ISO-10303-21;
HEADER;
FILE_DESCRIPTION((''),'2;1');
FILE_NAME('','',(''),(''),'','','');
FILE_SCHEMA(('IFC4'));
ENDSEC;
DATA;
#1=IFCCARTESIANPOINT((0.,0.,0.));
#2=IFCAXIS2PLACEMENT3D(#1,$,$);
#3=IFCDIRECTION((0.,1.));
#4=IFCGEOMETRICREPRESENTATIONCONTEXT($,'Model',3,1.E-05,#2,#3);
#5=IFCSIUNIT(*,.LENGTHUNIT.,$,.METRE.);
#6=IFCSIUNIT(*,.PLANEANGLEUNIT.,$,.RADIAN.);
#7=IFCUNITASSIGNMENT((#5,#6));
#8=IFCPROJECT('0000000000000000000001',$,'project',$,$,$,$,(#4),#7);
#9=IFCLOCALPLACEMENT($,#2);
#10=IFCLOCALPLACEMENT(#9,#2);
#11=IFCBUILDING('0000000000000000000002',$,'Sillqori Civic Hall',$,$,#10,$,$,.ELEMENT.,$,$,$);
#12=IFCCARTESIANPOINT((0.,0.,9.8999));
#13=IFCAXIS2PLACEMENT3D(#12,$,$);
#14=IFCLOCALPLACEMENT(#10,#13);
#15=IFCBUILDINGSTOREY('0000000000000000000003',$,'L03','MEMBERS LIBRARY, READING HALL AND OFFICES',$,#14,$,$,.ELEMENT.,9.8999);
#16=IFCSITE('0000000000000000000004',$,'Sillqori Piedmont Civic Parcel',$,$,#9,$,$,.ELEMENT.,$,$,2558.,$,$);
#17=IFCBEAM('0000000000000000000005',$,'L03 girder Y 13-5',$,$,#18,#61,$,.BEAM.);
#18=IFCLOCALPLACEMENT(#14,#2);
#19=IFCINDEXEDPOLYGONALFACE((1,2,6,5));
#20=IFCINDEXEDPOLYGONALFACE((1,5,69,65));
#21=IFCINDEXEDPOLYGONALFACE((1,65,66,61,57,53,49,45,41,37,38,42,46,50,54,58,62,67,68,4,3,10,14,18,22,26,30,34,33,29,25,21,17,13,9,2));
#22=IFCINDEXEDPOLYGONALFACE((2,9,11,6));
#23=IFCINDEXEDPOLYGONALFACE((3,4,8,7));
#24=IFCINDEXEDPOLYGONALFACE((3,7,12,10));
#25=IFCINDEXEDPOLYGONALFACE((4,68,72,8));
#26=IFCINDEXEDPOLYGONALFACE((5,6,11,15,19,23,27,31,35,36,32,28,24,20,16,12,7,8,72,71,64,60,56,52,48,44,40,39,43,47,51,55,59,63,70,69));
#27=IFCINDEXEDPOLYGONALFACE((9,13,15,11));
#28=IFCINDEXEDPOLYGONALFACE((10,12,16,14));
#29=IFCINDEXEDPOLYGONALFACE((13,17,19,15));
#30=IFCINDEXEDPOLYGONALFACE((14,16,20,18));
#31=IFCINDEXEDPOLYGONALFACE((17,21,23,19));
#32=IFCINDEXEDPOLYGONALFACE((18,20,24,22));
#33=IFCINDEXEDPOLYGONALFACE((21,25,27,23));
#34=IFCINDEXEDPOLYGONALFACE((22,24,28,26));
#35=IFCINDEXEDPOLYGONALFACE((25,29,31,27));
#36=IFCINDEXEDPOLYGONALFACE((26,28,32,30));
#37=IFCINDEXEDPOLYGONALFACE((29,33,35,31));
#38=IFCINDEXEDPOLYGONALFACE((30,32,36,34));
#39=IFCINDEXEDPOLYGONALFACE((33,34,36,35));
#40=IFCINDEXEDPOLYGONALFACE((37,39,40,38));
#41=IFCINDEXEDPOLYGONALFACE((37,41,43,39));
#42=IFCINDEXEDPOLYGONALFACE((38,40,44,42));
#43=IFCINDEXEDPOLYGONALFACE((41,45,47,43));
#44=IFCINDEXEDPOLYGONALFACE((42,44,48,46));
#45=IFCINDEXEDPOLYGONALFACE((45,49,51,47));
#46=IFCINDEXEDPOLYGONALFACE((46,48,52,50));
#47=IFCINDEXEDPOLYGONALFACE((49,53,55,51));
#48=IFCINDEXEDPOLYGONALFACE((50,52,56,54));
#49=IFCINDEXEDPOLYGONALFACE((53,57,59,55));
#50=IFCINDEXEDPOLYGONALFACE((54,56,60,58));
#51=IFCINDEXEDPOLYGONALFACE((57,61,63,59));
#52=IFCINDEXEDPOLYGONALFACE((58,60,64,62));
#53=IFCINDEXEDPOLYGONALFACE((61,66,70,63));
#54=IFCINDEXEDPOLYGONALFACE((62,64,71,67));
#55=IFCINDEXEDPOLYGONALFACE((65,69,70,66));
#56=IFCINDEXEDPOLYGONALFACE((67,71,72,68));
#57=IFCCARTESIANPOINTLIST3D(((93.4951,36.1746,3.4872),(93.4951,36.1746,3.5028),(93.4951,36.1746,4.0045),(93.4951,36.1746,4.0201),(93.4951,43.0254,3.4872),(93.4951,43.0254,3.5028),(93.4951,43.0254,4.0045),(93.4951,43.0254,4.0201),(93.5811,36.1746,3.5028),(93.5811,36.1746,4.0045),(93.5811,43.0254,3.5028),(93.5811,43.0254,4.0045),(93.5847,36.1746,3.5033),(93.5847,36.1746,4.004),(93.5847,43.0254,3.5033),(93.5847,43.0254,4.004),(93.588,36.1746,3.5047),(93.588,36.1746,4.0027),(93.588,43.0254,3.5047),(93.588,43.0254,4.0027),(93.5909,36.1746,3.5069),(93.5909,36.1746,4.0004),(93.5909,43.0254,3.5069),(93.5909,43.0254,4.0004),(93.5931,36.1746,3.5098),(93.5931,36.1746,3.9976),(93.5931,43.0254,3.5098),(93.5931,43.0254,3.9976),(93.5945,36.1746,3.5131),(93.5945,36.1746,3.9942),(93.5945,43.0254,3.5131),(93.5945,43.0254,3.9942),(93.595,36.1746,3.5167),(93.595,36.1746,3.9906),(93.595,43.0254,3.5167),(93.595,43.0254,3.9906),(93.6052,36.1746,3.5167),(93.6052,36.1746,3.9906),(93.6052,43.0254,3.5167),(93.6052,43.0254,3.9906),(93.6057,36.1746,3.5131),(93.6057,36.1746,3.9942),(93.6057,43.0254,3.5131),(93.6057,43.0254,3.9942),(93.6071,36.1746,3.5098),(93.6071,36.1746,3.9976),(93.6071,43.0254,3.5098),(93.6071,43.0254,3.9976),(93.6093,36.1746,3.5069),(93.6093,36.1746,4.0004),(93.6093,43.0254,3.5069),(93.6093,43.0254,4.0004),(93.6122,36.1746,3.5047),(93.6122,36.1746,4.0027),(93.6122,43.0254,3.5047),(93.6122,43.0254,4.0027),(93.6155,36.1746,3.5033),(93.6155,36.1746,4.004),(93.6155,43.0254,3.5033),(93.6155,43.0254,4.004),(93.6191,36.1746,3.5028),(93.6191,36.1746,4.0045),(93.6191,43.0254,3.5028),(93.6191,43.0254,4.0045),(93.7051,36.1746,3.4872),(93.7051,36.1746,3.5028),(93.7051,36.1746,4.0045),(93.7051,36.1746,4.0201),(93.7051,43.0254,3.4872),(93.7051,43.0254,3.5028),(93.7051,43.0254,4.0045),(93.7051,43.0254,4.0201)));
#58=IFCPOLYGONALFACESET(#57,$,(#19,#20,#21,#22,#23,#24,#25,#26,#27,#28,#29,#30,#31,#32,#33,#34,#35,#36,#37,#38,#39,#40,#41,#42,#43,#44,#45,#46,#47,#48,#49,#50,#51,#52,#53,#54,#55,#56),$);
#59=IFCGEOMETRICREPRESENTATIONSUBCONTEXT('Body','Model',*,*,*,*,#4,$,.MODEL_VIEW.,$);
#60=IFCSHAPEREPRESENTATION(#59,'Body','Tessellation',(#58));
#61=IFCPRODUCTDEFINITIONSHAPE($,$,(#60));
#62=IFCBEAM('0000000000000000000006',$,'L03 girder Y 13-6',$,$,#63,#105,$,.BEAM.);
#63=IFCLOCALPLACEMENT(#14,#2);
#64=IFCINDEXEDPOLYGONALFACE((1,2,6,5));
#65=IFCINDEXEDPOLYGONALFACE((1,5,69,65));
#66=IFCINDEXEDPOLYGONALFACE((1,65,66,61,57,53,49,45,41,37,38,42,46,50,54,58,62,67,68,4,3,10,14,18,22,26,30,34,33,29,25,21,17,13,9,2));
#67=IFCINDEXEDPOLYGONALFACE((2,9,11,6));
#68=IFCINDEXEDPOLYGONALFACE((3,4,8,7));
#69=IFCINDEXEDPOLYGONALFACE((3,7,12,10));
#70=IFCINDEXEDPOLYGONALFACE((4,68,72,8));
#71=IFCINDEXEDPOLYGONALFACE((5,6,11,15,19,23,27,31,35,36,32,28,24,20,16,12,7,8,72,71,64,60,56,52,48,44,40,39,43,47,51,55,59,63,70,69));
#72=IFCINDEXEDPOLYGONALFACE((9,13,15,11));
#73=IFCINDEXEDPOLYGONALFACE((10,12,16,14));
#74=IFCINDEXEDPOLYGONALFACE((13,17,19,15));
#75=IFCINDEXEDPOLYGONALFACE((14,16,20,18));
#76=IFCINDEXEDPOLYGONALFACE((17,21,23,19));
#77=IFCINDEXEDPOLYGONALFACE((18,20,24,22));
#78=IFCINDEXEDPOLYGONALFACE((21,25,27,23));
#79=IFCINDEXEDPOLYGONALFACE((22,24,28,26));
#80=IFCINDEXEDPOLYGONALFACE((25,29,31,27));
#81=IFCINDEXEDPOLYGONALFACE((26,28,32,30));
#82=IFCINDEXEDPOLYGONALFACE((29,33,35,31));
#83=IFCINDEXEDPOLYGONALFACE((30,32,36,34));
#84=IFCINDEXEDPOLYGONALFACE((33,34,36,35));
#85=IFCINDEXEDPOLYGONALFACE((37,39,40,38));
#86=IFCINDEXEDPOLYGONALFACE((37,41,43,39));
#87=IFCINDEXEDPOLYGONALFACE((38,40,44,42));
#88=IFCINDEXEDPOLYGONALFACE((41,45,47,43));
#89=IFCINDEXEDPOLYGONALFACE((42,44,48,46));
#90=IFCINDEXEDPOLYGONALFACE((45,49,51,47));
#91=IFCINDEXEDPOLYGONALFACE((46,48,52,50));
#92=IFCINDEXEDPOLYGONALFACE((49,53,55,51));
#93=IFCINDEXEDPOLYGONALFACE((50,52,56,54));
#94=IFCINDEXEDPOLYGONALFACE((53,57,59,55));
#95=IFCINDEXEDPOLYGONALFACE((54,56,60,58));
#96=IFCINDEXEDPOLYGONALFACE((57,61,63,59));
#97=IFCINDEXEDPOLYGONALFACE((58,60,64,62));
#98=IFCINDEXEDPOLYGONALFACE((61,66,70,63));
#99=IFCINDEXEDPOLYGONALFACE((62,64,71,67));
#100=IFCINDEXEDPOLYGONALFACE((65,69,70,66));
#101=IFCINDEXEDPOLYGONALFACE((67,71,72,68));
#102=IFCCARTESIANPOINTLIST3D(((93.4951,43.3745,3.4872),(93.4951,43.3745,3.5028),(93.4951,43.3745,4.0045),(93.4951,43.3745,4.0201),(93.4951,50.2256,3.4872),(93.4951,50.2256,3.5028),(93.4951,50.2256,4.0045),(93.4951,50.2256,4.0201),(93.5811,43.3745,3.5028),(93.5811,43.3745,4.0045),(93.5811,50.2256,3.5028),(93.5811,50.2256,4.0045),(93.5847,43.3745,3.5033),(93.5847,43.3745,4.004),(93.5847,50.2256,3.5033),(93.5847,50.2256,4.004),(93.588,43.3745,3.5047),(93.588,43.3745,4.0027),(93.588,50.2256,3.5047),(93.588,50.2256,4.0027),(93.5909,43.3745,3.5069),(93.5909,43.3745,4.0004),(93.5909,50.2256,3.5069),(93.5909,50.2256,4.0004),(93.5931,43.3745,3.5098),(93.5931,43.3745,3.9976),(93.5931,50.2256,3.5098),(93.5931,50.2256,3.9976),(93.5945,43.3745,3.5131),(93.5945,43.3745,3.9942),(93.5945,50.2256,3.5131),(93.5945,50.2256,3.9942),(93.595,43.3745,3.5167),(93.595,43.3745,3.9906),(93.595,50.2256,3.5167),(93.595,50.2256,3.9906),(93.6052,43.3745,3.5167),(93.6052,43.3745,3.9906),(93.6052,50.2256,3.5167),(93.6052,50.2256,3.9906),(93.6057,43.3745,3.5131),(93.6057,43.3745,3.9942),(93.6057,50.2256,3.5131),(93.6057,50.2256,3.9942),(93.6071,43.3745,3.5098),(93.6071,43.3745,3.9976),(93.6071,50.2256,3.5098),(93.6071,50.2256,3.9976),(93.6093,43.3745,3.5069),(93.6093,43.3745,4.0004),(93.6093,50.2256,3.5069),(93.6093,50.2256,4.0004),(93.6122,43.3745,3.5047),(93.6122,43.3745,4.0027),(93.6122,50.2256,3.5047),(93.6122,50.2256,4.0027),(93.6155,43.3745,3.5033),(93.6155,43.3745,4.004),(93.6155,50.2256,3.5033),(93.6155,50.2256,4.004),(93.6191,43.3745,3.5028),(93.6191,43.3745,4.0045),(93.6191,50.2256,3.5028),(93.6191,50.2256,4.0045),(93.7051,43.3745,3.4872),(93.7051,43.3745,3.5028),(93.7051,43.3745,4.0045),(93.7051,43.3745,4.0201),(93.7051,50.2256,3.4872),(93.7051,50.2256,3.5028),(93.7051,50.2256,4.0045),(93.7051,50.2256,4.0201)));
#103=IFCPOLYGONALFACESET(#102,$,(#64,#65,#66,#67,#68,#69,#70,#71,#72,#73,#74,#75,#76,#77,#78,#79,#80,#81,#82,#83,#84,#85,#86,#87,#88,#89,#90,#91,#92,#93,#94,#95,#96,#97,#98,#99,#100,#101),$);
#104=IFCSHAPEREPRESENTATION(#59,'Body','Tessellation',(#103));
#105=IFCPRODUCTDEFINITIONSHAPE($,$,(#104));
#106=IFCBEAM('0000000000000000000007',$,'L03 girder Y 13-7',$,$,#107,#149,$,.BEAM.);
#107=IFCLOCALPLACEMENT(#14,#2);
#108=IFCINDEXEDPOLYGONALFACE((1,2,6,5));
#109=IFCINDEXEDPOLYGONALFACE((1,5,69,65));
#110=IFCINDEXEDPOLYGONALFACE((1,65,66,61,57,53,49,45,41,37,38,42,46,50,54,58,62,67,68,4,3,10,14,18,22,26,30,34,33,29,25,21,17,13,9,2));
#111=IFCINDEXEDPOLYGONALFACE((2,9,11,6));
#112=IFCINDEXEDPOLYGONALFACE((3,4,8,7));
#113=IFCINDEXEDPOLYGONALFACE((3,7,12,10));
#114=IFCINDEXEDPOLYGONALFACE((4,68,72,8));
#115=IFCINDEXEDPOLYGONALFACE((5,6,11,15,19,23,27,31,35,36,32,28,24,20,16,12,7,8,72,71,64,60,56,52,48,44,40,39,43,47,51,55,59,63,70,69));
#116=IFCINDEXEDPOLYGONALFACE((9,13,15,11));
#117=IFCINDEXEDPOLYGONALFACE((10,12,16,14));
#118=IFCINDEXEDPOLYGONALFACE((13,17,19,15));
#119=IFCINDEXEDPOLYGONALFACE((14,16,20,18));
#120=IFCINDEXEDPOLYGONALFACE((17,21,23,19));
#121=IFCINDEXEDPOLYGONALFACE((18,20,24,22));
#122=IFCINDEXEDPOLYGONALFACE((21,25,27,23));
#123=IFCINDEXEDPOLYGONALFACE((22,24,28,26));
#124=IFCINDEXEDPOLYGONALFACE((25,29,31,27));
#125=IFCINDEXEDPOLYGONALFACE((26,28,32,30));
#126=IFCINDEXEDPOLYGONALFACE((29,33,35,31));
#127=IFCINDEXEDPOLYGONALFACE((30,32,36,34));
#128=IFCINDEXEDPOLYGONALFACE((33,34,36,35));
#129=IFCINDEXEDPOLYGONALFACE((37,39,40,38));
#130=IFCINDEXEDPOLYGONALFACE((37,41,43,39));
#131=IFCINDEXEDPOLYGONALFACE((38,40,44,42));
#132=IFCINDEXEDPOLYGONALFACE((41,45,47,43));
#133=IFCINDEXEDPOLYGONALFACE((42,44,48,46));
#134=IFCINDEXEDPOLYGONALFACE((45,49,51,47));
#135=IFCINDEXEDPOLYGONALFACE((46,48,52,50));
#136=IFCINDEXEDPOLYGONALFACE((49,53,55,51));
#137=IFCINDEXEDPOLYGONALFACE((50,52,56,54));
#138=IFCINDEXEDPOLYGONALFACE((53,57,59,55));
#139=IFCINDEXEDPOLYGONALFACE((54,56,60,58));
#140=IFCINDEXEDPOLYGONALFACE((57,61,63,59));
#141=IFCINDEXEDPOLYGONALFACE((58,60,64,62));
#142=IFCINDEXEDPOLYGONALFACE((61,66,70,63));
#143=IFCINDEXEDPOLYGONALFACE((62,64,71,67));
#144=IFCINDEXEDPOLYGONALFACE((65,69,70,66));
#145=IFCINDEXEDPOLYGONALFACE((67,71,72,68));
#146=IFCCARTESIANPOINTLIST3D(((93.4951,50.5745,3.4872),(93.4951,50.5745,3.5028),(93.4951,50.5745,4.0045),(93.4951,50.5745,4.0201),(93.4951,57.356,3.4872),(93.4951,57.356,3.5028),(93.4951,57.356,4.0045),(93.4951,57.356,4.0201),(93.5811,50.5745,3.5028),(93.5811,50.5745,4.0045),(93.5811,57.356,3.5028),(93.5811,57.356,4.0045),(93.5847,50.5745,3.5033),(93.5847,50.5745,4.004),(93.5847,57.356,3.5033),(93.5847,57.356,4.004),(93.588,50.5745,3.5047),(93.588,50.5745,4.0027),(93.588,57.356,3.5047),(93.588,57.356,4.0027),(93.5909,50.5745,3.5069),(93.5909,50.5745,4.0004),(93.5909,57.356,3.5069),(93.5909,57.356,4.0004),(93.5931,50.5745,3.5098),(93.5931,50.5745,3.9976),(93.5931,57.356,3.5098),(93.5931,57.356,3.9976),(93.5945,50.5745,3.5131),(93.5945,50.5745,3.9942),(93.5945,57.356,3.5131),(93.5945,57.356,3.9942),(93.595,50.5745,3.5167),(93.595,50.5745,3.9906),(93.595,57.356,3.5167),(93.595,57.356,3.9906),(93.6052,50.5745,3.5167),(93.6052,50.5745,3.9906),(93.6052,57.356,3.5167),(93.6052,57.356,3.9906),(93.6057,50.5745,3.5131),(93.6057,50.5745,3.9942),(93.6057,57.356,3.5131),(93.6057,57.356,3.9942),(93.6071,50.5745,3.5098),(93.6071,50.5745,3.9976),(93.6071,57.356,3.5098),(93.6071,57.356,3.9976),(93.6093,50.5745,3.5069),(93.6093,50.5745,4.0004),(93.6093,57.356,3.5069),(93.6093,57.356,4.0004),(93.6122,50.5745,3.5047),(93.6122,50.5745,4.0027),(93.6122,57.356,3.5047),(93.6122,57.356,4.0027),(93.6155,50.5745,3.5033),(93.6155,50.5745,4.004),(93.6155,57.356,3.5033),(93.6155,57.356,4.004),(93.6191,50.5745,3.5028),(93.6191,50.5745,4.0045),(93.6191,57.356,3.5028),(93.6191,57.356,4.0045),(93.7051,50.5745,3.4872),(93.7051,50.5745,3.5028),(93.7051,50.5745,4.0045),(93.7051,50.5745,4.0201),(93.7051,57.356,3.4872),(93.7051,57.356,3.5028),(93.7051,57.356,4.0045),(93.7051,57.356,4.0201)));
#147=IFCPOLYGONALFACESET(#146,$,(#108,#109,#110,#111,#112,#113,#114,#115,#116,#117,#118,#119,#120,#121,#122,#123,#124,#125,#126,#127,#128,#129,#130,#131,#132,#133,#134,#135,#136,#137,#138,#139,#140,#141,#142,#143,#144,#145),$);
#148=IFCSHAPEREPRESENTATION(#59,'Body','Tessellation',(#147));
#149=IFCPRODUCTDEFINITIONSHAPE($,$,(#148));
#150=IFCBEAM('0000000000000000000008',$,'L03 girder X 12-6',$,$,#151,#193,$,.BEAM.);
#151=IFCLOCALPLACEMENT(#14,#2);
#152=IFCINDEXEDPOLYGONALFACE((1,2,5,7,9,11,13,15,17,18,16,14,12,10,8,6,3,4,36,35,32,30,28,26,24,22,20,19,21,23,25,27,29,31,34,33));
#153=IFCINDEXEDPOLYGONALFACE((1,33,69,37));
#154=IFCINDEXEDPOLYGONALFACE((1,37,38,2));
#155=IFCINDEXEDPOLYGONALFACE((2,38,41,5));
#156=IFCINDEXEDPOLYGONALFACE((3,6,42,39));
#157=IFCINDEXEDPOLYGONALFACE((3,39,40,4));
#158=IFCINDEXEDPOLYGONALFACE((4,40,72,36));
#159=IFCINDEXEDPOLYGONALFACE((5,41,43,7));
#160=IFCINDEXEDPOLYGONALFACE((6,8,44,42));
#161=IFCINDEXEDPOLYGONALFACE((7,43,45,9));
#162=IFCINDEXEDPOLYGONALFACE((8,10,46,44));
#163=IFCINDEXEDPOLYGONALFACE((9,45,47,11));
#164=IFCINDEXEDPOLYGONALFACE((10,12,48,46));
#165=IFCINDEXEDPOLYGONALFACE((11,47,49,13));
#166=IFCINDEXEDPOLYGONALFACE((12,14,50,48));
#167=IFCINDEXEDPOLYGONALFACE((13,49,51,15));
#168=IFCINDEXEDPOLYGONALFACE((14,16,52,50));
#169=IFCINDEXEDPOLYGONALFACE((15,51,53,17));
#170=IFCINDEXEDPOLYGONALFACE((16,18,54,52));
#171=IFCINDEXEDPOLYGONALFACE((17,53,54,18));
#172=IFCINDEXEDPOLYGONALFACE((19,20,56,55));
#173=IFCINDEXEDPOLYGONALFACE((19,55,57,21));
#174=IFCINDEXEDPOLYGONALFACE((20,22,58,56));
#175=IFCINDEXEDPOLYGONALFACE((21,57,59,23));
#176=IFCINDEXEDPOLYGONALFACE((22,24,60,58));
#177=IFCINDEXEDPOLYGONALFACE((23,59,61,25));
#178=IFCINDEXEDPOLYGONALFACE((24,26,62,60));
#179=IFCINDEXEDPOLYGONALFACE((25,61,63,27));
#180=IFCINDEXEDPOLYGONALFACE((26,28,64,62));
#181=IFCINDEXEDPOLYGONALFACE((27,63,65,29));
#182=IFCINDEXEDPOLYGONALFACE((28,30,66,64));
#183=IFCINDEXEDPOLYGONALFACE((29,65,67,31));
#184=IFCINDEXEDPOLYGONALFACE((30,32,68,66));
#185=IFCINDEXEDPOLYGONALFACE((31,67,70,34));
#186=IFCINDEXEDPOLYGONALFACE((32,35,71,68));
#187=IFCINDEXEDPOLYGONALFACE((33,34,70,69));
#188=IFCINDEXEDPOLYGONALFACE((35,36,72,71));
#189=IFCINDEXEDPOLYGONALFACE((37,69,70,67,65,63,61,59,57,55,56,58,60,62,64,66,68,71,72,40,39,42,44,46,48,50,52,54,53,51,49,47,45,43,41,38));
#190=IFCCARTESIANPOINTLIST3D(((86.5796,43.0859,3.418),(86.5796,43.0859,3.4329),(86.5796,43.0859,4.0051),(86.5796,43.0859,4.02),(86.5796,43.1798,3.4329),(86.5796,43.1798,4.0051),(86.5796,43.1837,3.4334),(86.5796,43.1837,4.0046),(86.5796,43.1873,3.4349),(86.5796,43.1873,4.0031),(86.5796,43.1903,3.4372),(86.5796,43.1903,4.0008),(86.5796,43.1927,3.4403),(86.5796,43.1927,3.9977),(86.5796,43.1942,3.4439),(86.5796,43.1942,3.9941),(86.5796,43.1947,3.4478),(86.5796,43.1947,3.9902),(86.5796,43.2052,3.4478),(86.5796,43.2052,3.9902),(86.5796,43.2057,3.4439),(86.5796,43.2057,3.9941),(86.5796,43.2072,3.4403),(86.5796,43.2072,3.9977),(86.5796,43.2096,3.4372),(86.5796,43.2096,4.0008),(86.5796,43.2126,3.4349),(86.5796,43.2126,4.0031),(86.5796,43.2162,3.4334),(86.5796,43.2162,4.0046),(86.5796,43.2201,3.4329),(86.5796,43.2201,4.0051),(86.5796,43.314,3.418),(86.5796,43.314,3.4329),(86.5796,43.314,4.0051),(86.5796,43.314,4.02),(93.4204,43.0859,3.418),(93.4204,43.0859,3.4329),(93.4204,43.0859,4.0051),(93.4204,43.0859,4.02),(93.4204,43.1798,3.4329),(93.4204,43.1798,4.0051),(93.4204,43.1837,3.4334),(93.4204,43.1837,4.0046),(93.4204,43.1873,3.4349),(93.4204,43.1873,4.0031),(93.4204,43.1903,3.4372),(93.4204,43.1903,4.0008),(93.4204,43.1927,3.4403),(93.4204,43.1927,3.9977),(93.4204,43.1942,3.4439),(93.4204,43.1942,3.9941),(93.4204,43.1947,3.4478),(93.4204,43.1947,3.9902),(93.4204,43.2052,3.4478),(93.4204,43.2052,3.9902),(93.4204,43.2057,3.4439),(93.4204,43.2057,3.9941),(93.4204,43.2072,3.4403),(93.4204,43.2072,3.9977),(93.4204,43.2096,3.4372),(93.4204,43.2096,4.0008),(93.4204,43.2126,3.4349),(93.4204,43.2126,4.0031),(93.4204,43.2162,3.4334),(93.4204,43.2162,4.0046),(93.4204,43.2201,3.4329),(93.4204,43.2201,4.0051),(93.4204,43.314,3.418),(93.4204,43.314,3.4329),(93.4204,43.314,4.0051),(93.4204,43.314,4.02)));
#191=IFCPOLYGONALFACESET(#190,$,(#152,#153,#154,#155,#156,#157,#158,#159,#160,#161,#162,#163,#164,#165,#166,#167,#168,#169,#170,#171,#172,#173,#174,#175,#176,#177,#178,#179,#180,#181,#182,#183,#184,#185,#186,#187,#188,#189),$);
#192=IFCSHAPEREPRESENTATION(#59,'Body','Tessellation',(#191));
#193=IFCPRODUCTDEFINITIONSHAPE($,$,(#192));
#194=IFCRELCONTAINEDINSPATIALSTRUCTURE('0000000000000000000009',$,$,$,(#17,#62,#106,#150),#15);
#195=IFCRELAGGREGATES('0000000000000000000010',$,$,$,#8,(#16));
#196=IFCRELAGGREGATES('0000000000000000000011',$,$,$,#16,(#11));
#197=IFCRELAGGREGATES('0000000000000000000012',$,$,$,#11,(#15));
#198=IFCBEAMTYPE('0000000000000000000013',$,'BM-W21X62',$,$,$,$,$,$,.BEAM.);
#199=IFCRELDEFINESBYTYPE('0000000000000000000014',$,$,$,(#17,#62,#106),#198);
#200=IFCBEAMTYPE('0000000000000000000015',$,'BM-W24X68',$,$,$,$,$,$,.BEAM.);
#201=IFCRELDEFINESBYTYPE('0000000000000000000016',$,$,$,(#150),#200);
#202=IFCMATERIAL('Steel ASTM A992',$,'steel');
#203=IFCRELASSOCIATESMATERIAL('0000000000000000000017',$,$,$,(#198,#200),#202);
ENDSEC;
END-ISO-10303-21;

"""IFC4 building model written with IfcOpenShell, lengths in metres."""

from ifc_helpers import new_model, si_unit, direction, frame, origin, origin_2d, place, context, subcontext, project, spatial, i_section, extrude, material, material_profile, profile_set, type_object, element, save


model = new_model("IFC4")

# Units and contexts
model_context = context("Model", 3, precision=1e-05, world=origin(), true_north=direction((0.0, 1.0)))
body_context = subcontext(model_context, "Body", "Model", "MODEL_VIEW")
ifc_project = project(units=[si_unit("LENGTHUNIT", "METRE"), si_unit("PLANEANGLEUNIT", "RADIAN")], contexts=[model_context])

# Site, building, storey
site_placement = place(None, origin())
site = spatial("IfcSite", under=ifc_project, at=site_placement, Name="Sillqori Piedmont Civic Parcel", CompositionType="ELEMENT", RefElevation=2558.0)
building_placement = place(site_placement, origin())
building = spatial("IfcBuilding", under=site, at=building_placement, Name="Sillqori Civic Hall", CompositionType="ELEMENT")
storey_placement = place(building_placement, frame((0.0, 0.0, 9.8999)))
storey = spatial("IfcBuildingStorey", under=building, at=storey_placement, Name="L03", Description="MEMBERS LIBRARY, READING HALL AND OFFICES", CompositionType="ELEMENT", Elevation=9.8999)

# Shared definitions
ifc_material_1 = material(Name="Steel ASTM A992", Category="steel")

# Beams
ifc_material_profile_1 = material_profile(ifc_material_1, i_section(OverallWidth=0.21, OverallDepth=0.533, WebThickness=0.0103, FlangeThickness=0.0156, FilletRadius=0.0139, at=origin_2d()), Name="W21X62")
ifc_profile_set_1 = profile_set([ifc_material_profile_1], Name="Steel ASTM A992")
beam_type_1 = type_object("IfcBeamType", Name="BM-W21X62", PredefinedType="BEAM", material=ifc_profile_set_1)
beam_1_placement = place(storey_placement, frame((93.6001, 36.1746, 3.7537), z_axis=(0.0, 1.0, 0.0), x_axis=(-1.0, 0.0, 0.0)))
element("IfcBeam", 1, at=beam_1_placement, inside=storey, type_object=beam_type_1, Name="L03 girder Y 13-5", PredefinedType="BEAM", context=body_context, shape_type="SweptSolid", body=[
    extrude(i_section(OverallWidth=0.21, OverallDepth=0.533, WebThickness=0.0103, FlangeThickness=0.0156, FilletRadius=0.0139, at=origin_2d()), origin(), (0.0, 0.0, 1.0), 6.8508),
])
beam_2_placement = place(storey_placement, frame((93.6001, 43.3745, 3.7537), z_axis=(0.0, 1.0, 0.0), x_axis=(-1.0, 0.0, 0.0)))
element("IfcBeam", 2, at=beam_2_placement, inside=storey, type_object=beam_type_1, Name="L03 girder Y 13-6", PredefinedType="BEAM", context=body_context, shape_type="SweptSolid", body=[
    extrude(i_section(OverallWidth=0.21, OverallDepth=0.533, WebThickness=0.0103, FlangeThickness=0.0156, FilletRadius=0.0139, at=origin_2d()), origin(), (0.0, 0.0, 1.0), 6.8511),
])
beam_3_placement = place(storey_placement, frame((93.6001, 50.5745, 3.7537), z_axis=(0.0, 1.0, 0.0), x_axis=(-1.0, 0.0, 0.0)))
element("IfcBeam", 3, at=beam_3_placement, inside=storey, type_object=beam_type_1, Name="L03 girder Y 13-7", PredefinedType="BEAM", context=body_context, shape_type="SweptSolid", body=[
    extrude(i_section(OverallWidth=0.21, OverallDepth=0.533, WebThickness=0.0103, FlangeThickness=0.0156, FilletRadius=0.0139, at=origin_2d()), origin(), (0.0, 0.0, 1.0), 6.7815),
])
ifc_material_profile_2 = material_profile(ifc_material_1, i_section(OverallWidth=0.228, OverallDepth=0.6021, WebThickness=0.0105, FlangeThickness=0.0149, FilletRadius=0.0149, at=origin_2d()), Name="W24X68")
ifc_profile_set_2 = profile_set([ifc_material_profile_2], Name="Steel ASTM A992")
beam_type_2 = type_object("IfcBeamType", Name="BM-W24X68", PredefinedType="BEAM", material=ifc_profile_set_2)
for number, where, z_axis, x_axis, name in (
    (4, (86.5796, 43.2, 3.719), (1.0, 0.0, 0.0), (0.0, 1.0, 0.0), "L03 girder X 12-6"),
):
    element("IfcBeam", number, at=place(storey_placement, frame(where, z_axis=z_axis, x_axis=x_axis)), inside=storey, type_object=beam_type_2, Name=name, PredefinedType="BEAM", context=body_context, shape_type="SweptSolid", body=[
        extrude(i_section(OverallWidth=0.228, OverallDepth=0.6021, WebThickness=0.0105, FlangeThickness=0.0149, FilletRadius=0.0149, at=origin_2d()), origin(), (0.0, 0.0, 1.0), 6.8408),
    ])

save(model, "model.ifc")
